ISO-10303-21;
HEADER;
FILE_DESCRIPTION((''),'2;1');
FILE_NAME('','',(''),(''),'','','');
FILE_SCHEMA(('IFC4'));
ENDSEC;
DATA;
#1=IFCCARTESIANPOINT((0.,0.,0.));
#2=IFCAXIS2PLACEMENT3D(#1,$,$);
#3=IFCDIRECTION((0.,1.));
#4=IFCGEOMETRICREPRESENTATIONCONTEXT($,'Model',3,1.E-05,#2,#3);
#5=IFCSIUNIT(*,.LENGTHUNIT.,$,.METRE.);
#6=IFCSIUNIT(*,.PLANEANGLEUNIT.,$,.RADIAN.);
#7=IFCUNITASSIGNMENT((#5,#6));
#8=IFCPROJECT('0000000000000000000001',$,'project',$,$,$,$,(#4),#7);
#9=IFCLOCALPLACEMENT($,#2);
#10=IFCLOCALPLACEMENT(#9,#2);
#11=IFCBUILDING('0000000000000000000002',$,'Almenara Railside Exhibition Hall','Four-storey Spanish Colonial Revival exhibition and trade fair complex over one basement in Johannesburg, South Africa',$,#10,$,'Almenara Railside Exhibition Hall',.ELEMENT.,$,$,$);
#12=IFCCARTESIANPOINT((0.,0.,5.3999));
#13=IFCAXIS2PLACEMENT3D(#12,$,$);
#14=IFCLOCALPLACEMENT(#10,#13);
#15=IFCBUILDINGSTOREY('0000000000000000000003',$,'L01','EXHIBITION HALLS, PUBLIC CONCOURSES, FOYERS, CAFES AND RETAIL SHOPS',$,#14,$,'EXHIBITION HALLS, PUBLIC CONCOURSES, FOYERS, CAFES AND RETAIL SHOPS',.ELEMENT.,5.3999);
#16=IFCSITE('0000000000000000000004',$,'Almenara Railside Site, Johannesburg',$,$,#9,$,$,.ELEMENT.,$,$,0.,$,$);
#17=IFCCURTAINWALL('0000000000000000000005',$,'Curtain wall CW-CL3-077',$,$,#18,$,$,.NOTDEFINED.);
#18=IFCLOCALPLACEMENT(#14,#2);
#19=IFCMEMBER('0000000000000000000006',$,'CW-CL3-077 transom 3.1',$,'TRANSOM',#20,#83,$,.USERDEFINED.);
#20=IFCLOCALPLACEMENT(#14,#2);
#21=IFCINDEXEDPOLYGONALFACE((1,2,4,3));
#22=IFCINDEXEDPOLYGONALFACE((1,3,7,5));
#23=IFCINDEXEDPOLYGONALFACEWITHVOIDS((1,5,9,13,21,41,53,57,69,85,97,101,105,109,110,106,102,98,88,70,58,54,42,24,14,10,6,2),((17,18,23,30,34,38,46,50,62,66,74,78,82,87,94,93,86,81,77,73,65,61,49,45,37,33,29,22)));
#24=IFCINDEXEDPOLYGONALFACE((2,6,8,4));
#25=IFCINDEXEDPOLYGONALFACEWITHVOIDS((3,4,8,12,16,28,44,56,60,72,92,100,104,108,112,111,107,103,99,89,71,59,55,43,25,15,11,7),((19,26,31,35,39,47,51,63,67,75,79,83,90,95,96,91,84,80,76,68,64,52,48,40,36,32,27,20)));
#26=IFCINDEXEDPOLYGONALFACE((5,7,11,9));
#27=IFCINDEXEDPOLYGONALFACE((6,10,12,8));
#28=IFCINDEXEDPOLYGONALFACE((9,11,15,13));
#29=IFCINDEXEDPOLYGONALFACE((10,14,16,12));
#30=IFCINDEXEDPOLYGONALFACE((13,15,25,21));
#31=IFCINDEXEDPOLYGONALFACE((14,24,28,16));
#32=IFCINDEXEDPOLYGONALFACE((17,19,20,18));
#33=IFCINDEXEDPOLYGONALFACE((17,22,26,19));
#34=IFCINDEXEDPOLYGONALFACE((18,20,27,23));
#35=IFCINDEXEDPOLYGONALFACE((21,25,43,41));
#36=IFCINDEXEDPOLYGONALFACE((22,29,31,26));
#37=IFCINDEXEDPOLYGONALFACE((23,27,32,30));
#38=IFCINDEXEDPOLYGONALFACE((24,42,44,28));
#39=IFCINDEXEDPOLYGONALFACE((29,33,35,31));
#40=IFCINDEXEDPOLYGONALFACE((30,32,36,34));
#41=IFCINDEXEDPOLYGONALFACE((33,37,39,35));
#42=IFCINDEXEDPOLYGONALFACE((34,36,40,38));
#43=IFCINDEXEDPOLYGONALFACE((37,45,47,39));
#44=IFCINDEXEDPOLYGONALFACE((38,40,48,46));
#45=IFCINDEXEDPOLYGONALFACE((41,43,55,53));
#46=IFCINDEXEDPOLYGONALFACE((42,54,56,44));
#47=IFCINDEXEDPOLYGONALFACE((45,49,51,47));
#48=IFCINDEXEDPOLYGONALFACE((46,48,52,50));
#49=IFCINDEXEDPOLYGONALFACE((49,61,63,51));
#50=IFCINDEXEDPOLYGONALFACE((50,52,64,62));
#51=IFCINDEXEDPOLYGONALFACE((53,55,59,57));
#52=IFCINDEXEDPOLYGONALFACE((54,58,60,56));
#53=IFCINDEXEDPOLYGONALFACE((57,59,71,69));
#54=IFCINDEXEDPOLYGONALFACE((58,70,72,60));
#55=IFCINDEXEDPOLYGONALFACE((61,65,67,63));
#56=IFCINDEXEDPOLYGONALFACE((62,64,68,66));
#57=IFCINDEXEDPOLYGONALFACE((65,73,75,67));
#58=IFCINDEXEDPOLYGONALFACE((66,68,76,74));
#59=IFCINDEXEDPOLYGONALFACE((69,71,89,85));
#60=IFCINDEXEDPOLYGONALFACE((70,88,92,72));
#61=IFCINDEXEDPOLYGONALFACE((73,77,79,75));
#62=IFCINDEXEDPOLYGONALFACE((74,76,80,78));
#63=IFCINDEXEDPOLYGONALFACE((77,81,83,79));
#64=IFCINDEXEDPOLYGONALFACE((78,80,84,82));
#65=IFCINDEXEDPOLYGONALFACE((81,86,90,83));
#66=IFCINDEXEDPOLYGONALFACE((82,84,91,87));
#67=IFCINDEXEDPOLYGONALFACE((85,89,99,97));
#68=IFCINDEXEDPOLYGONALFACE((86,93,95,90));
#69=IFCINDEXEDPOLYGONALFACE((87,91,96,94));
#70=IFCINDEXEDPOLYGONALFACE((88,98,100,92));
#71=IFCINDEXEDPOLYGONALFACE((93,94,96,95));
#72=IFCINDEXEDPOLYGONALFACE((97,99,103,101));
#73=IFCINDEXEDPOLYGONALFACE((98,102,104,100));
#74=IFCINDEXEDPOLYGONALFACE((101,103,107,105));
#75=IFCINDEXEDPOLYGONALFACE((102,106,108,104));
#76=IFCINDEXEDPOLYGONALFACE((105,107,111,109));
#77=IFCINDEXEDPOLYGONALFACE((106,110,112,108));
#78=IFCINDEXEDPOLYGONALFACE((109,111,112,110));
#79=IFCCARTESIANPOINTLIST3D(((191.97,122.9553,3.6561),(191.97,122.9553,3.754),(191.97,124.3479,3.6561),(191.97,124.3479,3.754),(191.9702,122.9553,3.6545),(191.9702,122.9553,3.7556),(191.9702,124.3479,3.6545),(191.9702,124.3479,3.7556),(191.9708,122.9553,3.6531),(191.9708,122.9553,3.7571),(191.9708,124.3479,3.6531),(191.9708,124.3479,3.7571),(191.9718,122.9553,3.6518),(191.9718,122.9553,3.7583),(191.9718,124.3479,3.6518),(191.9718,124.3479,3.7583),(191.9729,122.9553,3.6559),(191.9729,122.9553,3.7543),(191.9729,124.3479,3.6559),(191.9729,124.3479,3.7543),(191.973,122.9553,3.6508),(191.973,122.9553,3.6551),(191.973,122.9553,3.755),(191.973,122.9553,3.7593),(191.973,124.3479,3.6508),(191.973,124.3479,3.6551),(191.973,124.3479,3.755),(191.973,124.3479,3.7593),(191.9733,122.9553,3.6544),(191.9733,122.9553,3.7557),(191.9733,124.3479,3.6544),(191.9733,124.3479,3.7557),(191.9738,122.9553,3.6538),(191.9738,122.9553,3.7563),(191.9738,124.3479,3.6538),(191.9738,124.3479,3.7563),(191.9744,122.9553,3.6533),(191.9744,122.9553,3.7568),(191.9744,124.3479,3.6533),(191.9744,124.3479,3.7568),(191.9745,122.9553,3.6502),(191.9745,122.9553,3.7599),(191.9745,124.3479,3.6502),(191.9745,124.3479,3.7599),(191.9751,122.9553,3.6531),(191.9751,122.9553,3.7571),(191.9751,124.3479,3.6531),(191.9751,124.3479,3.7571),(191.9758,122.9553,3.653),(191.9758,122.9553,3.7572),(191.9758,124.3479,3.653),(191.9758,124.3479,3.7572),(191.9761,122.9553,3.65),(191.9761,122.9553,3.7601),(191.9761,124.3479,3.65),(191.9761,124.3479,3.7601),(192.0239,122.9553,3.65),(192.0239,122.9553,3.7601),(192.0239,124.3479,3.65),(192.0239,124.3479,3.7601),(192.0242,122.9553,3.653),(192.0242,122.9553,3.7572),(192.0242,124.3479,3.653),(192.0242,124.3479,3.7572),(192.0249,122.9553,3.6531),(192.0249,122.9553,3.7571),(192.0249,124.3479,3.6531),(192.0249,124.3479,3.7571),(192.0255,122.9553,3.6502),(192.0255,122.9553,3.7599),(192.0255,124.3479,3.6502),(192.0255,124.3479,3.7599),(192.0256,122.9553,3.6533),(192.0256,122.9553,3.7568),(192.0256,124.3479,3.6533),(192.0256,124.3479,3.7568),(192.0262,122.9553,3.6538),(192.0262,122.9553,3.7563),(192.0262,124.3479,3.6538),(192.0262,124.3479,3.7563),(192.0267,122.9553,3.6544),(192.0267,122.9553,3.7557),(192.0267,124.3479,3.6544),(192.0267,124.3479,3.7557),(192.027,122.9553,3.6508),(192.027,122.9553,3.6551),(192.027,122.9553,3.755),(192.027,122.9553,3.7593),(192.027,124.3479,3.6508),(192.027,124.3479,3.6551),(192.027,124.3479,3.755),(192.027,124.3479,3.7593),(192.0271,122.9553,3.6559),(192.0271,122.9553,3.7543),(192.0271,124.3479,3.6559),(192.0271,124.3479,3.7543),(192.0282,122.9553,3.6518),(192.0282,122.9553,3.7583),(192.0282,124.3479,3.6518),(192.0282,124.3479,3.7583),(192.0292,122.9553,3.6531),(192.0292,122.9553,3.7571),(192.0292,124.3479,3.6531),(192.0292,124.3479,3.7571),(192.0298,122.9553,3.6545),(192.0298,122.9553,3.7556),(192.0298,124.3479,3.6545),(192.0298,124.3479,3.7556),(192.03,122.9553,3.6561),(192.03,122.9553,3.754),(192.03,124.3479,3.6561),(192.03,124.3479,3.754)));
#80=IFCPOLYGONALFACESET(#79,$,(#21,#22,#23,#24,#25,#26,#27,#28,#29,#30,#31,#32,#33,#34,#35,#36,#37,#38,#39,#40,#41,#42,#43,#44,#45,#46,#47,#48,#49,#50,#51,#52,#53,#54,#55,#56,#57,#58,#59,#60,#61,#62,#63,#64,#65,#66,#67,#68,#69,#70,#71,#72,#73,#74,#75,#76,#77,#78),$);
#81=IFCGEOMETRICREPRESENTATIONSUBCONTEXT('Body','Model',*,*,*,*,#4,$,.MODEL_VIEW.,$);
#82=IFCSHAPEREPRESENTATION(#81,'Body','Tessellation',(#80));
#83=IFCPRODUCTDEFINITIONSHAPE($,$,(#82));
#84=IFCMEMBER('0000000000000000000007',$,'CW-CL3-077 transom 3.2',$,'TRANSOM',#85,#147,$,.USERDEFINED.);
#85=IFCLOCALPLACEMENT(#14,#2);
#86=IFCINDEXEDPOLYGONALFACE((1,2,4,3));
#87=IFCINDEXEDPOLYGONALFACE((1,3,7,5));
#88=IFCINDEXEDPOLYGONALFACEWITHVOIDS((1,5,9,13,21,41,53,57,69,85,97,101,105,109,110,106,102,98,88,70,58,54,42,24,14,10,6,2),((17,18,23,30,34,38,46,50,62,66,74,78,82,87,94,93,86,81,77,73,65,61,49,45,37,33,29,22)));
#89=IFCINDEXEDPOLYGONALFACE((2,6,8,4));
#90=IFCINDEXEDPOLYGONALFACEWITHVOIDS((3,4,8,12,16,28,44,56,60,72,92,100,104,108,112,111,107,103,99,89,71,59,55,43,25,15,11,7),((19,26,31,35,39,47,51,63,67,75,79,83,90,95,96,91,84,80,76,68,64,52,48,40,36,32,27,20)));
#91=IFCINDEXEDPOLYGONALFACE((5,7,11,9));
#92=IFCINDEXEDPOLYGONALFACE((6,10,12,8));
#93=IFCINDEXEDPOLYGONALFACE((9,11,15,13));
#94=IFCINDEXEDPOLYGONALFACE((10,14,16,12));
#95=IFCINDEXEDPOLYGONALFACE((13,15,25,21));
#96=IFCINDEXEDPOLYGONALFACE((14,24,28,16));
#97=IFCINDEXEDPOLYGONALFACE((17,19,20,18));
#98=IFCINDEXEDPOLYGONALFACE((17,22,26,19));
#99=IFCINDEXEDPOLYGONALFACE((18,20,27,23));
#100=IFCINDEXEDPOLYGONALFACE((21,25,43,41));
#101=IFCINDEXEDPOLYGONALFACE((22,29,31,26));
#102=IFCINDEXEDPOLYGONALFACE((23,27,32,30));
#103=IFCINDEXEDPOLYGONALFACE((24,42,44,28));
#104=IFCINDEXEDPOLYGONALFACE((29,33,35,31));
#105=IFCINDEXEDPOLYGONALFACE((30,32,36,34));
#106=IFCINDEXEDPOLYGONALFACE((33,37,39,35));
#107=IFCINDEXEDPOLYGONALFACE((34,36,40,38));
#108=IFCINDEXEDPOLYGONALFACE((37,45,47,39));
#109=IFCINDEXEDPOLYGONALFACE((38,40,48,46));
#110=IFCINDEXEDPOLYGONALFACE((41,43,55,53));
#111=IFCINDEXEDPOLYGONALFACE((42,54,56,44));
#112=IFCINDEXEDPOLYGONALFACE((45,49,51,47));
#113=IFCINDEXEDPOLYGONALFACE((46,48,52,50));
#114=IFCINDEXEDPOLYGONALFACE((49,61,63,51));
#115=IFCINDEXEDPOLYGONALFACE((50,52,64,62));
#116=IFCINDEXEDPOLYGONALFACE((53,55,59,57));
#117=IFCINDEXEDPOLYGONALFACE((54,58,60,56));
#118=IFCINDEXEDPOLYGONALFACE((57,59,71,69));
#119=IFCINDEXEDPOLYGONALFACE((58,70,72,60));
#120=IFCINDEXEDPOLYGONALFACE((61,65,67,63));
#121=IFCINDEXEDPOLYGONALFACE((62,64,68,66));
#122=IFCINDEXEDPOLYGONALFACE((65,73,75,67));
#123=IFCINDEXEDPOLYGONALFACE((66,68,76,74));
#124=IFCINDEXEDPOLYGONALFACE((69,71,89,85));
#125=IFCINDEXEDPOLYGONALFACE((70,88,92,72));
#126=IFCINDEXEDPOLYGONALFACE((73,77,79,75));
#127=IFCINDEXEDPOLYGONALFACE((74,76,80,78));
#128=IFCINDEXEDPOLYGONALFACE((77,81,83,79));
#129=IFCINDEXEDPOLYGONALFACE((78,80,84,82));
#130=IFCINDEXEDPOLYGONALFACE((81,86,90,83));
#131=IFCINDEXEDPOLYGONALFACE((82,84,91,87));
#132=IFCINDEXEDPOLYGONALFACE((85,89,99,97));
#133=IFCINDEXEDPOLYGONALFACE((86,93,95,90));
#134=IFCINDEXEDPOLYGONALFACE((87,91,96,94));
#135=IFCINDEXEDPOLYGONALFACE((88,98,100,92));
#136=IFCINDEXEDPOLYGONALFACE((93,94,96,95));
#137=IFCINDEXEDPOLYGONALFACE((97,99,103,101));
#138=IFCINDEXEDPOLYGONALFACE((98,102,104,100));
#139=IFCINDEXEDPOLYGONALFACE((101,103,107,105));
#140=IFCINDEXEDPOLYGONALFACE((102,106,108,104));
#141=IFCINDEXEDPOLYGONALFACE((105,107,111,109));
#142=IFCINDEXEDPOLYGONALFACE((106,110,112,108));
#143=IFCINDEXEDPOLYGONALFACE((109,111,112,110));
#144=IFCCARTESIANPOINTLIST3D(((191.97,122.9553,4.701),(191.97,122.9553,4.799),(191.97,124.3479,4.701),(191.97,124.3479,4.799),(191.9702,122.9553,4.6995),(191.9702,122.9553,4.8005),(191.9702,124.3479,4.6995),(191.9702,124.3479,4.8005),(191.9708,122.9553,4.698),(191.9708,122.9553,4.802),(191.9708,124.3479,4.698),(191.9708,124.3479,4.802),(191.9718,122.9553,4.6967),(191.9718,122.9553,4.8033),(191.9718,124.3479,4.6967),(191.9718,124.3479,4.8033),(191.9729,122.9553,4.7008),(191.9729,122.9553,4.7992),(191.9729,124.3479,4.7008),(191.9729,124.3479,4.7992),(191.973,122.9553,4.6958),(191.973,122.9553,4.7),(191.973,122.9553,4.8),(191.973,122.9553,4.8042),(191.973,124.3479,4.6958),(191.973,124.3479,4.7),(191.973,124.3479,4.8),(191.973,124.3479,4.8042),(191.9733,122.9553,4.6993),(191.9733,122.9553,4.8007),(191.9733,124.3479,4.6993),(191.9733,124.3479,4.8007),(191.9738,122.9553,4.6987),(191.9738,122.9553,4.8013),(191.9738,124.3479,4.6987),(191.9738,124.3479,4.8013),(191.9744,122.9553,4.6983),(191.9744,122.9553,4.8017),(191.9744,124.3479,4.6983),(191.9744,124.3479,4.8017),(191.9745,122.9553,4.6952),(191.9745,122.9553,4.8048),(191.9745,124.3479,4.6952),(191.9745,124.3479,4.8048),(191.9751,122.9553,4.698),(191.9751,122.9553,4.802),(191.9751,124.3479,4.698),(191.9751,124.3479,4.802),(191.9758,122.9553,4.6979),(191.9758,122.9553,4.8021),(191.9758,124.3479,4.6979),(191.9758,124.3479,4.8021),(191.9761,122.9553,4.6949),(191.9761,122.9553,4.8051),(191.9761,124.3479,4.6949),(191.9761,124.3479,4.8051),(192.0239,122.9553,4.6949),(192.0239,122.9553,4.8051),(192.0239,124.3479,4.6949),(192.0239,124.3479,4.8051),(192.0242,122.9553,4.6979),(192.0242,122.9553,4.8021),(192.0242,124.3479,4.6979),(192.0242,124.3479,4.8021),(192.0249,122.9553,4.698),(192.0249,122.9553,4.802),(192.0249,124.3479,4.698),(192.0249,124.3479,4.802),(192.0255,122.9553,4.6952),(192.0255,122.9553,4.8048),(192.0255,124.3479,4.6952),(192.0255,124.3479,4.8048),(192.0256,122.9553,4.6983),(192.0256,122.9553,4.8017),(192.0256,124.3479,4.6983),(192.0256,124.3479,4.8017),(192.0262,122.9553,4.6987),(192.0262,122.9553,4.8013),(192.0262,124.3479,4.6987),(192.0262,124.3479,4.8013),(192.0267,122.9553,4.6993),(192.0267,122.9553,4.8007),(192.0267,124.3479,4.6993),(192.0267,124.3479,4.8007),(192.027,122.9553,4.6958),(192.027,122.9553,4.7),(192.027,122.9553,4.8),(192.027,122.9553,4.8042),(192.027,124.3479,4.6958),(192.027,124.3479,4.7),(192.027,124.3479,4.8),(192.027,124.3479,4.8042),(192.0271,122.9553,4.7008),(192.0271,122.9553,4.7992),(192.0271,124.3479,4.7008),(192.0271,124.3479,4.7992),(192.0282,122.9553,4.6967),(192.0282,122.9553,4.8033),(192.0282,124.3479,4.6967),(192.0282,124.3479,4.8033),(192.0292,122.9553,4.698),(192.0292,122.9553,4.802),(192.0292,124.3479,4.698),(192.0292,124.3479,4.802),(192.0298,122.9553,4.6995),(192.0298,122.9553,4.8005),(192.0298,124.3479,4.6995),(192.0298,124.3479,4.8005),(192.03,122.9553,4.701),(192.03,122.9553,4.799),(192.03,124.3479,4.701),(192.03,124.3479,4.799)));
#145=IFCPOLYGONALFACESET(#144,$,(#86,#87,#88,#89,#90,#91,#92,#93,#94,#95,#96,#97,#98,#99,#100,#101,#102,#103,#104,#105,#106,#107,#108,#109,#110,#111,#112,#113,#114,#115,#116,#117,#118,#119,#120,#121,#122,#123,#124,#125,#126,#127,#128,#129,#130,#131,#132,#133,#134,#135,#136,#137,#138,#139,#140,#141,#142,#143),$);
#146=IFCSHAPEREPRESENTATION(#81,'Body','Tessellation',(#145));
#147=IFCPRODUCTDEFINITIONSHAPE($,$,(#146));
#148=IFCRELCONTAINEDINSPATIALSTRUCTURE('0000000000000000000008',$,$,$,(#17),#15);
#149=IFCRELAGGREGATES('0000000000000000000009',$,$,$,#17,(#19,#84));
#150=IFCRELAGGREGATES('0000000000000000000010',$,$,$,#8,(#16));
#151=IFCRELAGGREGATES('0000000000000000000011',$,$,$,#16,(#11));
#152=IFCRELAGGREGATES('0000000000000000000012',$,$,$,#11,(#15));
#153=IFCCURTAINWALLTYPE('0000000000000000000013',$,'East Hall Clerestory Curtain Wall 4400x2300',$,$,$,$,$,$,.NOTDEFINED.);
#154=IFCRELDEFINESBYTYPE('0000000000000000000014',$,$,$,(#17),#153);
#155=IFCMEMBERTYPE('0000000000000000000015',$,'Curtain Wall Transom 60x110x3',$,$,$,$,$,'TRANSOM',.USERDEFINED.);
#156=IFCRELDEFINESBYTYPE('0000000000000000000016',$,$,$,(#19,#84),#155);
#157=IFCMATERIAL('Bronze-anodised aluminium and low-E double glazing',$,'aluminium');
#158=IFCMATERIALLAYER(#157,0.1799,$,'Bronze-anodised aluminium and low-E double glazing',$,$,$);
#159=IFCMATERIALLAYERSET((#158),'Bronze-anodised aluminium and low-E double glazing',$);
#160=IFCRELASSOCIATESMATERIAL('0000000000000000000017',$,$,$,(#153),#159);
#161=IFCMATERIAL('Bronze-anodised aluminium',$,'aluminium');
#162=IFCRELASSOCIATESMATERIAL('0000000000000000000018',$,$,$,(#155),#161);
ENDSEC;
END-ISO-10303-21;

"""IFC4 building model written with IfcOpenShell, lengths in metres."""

from ifc_helpers import new_model, si_unit, direction, frame, origin, origin_2d, place, context, subcontext, project, spatial, hollow_rectangle, extrude, material, layer, layer_set, material_profile, profile_set, type_object, element, aggregate, save


model = new_model("IFC4")

# Units and contexts
model_context = context("Model", 3, precision=1e-05, world=origin(), true_north=direction((0.0, 1.0)))
body_context = subcontext(model_context, "Body", "Model", "MODEL_VIEW")
ifc_project = project(units=[si_unit("LENGTHUNIT", "METRE"), si_unit("PLANEANGLEUNIT", "RADIAN")], contexts=[model_context])

# Site, building, storey
site_placement = place(None, origin())
site = spatial("IfcSite", under=ifc_project, at=site_placement, Name="Almenara Railside Site, Johannesburg", CompositionType="ELEMENT", RefElevation=0.0)
building_placement = place(site_placement, origin())
building = spatial("IfcBuilding", under=site, at=building_placement, Name="Almenara Railside Exhibition Hall", Description="Four-storey Spanish Colonial Revival exhibition and trade fair complex over one basement in Johannesburg, South Africa", LongName="Almenara Railside Exhibition Hall", CompositionType="ELEMENT")
storey_placement = place(building_placement, frame((0.0, 0.0, 5.3999)))
storey = spatial("IfcBuildingStorey", under=building, at=storey_placement, Name="L01", Description="EXHIBITION HALLS, PUBLIC CONCOURSES, FOYERS, CAFES AND RETAIL SHOPS", LongName="EXHIBITION HALLS, PUBLIC CONCOURSES, FOYERS, CAFES AND RETAIL SHOPS", CompositionType="ELEMENT", Elevation=5.3999)

# Curtain wall
ifc_material_1 = material(Name="Bronze-anodised aluminium and low-E double glazing", Category="aluminium")
ifc_layer_1 = layer(ifc_material_1, 0.1799, Name="Bronze-anodised aluminium and low-E double glazing")
ifc_layer_set_1 = layer_set([ifc_layer_1], Name="Bronze-anodised aluminium and low-E double glazing")
curtain_wall_type_1 = type_object("IfcCurtainWallType", Name="East Hall Clerestory Curtain Wall 4400x2300", PredefinedType="NOTDEFINED", material=ifc_layer_set_1)
curtain_wall_1_placement = place(storey_placement, origin())
curtain_wall_1 = element("IfcCurtainWall", 1, at=curtain_wall_1_placement, inside=storey, type_object=curtain_wall_type_1, Name="Curtain wall CW-CL3-077", PredefinedType="NOTDEFINED")
ifc_material_2 = material(Name="Bronze-anodised aluminium", Category="aluminium")

# Members
ifc_material_profile_1 = material_profile(ifc_material_2, hollow_rectangle(XDim=0.0601, YDim=0.1101, WallThickness=0.0029, InnerFilletRadius=0.0029, OuterFilletRadius=0.0061, at=origin_2d()), Name="ALU-TRN 60x110x3")
ifc_profile_set_1 = profile_set([ifc_material_profile_1], Name="Bronze-anodised aluminium")
member_type_1 = type_object("IfcMemberType", Name="Curtain Wall Transom 60x110x3", ElementType="TRANSOM", PredefinedType="USERDEFINED", material=ifc_profile_set_1)
member_1_placement = place(storey_placement, frame((192.0, 122.9553, 3.7051), z_axis=(0.0, 1.0, 0.0), x_axis=(-1.0, 0.0, 0.0)))
member_1 = element("IfcMember", 2, at=member_1_placement, type_object=member_type_1, Name="CW-CL3-077 transom 3.1", ObjectType="TRANSOM", PredefinedType="USERDEFINED", context=body_context, shape_type="SweptSolid", body=[
    extrude(hollow_rectangle(XDim=0.0601, YDim=0.1101, WallThickness=0.0029, InnerFilletRadius=0.0029, OuterFilletRadius=0.0061, at=origin_2d()), origin(), (0.0, 0.0, 1.0), 1.3926),
])
member_2_placement = place(storey_placement, frame((192.0, 122.9553, 4.75), z_axis=(0.0, 1.0, 0.0), x_axis=(-1.0, 0.0, 0.0)))
member_2 = element("IfcMember", 3, at=member_2_placement, type_object=member_type_1, Name="CW-CL3-077 transom 3.2", ObjectType="TRANSOM", PredefinedType="USERDEFINED", context=body_context, shape_type="SweptSolid", body=[
    extrude(hollow_rectangle(XDim=0.0601, YDim=0.1101, WallThickness=0.0029, InnerFilletRadius=0.0029, OuterFilletRadius=0.0061, at=origin_2d()), origin(), (0.0, 0.0, 1.0), 1.3926),
])

aggregate(curtain_wall_1, [member_1, member_2])

save(model, "model.ifc")
